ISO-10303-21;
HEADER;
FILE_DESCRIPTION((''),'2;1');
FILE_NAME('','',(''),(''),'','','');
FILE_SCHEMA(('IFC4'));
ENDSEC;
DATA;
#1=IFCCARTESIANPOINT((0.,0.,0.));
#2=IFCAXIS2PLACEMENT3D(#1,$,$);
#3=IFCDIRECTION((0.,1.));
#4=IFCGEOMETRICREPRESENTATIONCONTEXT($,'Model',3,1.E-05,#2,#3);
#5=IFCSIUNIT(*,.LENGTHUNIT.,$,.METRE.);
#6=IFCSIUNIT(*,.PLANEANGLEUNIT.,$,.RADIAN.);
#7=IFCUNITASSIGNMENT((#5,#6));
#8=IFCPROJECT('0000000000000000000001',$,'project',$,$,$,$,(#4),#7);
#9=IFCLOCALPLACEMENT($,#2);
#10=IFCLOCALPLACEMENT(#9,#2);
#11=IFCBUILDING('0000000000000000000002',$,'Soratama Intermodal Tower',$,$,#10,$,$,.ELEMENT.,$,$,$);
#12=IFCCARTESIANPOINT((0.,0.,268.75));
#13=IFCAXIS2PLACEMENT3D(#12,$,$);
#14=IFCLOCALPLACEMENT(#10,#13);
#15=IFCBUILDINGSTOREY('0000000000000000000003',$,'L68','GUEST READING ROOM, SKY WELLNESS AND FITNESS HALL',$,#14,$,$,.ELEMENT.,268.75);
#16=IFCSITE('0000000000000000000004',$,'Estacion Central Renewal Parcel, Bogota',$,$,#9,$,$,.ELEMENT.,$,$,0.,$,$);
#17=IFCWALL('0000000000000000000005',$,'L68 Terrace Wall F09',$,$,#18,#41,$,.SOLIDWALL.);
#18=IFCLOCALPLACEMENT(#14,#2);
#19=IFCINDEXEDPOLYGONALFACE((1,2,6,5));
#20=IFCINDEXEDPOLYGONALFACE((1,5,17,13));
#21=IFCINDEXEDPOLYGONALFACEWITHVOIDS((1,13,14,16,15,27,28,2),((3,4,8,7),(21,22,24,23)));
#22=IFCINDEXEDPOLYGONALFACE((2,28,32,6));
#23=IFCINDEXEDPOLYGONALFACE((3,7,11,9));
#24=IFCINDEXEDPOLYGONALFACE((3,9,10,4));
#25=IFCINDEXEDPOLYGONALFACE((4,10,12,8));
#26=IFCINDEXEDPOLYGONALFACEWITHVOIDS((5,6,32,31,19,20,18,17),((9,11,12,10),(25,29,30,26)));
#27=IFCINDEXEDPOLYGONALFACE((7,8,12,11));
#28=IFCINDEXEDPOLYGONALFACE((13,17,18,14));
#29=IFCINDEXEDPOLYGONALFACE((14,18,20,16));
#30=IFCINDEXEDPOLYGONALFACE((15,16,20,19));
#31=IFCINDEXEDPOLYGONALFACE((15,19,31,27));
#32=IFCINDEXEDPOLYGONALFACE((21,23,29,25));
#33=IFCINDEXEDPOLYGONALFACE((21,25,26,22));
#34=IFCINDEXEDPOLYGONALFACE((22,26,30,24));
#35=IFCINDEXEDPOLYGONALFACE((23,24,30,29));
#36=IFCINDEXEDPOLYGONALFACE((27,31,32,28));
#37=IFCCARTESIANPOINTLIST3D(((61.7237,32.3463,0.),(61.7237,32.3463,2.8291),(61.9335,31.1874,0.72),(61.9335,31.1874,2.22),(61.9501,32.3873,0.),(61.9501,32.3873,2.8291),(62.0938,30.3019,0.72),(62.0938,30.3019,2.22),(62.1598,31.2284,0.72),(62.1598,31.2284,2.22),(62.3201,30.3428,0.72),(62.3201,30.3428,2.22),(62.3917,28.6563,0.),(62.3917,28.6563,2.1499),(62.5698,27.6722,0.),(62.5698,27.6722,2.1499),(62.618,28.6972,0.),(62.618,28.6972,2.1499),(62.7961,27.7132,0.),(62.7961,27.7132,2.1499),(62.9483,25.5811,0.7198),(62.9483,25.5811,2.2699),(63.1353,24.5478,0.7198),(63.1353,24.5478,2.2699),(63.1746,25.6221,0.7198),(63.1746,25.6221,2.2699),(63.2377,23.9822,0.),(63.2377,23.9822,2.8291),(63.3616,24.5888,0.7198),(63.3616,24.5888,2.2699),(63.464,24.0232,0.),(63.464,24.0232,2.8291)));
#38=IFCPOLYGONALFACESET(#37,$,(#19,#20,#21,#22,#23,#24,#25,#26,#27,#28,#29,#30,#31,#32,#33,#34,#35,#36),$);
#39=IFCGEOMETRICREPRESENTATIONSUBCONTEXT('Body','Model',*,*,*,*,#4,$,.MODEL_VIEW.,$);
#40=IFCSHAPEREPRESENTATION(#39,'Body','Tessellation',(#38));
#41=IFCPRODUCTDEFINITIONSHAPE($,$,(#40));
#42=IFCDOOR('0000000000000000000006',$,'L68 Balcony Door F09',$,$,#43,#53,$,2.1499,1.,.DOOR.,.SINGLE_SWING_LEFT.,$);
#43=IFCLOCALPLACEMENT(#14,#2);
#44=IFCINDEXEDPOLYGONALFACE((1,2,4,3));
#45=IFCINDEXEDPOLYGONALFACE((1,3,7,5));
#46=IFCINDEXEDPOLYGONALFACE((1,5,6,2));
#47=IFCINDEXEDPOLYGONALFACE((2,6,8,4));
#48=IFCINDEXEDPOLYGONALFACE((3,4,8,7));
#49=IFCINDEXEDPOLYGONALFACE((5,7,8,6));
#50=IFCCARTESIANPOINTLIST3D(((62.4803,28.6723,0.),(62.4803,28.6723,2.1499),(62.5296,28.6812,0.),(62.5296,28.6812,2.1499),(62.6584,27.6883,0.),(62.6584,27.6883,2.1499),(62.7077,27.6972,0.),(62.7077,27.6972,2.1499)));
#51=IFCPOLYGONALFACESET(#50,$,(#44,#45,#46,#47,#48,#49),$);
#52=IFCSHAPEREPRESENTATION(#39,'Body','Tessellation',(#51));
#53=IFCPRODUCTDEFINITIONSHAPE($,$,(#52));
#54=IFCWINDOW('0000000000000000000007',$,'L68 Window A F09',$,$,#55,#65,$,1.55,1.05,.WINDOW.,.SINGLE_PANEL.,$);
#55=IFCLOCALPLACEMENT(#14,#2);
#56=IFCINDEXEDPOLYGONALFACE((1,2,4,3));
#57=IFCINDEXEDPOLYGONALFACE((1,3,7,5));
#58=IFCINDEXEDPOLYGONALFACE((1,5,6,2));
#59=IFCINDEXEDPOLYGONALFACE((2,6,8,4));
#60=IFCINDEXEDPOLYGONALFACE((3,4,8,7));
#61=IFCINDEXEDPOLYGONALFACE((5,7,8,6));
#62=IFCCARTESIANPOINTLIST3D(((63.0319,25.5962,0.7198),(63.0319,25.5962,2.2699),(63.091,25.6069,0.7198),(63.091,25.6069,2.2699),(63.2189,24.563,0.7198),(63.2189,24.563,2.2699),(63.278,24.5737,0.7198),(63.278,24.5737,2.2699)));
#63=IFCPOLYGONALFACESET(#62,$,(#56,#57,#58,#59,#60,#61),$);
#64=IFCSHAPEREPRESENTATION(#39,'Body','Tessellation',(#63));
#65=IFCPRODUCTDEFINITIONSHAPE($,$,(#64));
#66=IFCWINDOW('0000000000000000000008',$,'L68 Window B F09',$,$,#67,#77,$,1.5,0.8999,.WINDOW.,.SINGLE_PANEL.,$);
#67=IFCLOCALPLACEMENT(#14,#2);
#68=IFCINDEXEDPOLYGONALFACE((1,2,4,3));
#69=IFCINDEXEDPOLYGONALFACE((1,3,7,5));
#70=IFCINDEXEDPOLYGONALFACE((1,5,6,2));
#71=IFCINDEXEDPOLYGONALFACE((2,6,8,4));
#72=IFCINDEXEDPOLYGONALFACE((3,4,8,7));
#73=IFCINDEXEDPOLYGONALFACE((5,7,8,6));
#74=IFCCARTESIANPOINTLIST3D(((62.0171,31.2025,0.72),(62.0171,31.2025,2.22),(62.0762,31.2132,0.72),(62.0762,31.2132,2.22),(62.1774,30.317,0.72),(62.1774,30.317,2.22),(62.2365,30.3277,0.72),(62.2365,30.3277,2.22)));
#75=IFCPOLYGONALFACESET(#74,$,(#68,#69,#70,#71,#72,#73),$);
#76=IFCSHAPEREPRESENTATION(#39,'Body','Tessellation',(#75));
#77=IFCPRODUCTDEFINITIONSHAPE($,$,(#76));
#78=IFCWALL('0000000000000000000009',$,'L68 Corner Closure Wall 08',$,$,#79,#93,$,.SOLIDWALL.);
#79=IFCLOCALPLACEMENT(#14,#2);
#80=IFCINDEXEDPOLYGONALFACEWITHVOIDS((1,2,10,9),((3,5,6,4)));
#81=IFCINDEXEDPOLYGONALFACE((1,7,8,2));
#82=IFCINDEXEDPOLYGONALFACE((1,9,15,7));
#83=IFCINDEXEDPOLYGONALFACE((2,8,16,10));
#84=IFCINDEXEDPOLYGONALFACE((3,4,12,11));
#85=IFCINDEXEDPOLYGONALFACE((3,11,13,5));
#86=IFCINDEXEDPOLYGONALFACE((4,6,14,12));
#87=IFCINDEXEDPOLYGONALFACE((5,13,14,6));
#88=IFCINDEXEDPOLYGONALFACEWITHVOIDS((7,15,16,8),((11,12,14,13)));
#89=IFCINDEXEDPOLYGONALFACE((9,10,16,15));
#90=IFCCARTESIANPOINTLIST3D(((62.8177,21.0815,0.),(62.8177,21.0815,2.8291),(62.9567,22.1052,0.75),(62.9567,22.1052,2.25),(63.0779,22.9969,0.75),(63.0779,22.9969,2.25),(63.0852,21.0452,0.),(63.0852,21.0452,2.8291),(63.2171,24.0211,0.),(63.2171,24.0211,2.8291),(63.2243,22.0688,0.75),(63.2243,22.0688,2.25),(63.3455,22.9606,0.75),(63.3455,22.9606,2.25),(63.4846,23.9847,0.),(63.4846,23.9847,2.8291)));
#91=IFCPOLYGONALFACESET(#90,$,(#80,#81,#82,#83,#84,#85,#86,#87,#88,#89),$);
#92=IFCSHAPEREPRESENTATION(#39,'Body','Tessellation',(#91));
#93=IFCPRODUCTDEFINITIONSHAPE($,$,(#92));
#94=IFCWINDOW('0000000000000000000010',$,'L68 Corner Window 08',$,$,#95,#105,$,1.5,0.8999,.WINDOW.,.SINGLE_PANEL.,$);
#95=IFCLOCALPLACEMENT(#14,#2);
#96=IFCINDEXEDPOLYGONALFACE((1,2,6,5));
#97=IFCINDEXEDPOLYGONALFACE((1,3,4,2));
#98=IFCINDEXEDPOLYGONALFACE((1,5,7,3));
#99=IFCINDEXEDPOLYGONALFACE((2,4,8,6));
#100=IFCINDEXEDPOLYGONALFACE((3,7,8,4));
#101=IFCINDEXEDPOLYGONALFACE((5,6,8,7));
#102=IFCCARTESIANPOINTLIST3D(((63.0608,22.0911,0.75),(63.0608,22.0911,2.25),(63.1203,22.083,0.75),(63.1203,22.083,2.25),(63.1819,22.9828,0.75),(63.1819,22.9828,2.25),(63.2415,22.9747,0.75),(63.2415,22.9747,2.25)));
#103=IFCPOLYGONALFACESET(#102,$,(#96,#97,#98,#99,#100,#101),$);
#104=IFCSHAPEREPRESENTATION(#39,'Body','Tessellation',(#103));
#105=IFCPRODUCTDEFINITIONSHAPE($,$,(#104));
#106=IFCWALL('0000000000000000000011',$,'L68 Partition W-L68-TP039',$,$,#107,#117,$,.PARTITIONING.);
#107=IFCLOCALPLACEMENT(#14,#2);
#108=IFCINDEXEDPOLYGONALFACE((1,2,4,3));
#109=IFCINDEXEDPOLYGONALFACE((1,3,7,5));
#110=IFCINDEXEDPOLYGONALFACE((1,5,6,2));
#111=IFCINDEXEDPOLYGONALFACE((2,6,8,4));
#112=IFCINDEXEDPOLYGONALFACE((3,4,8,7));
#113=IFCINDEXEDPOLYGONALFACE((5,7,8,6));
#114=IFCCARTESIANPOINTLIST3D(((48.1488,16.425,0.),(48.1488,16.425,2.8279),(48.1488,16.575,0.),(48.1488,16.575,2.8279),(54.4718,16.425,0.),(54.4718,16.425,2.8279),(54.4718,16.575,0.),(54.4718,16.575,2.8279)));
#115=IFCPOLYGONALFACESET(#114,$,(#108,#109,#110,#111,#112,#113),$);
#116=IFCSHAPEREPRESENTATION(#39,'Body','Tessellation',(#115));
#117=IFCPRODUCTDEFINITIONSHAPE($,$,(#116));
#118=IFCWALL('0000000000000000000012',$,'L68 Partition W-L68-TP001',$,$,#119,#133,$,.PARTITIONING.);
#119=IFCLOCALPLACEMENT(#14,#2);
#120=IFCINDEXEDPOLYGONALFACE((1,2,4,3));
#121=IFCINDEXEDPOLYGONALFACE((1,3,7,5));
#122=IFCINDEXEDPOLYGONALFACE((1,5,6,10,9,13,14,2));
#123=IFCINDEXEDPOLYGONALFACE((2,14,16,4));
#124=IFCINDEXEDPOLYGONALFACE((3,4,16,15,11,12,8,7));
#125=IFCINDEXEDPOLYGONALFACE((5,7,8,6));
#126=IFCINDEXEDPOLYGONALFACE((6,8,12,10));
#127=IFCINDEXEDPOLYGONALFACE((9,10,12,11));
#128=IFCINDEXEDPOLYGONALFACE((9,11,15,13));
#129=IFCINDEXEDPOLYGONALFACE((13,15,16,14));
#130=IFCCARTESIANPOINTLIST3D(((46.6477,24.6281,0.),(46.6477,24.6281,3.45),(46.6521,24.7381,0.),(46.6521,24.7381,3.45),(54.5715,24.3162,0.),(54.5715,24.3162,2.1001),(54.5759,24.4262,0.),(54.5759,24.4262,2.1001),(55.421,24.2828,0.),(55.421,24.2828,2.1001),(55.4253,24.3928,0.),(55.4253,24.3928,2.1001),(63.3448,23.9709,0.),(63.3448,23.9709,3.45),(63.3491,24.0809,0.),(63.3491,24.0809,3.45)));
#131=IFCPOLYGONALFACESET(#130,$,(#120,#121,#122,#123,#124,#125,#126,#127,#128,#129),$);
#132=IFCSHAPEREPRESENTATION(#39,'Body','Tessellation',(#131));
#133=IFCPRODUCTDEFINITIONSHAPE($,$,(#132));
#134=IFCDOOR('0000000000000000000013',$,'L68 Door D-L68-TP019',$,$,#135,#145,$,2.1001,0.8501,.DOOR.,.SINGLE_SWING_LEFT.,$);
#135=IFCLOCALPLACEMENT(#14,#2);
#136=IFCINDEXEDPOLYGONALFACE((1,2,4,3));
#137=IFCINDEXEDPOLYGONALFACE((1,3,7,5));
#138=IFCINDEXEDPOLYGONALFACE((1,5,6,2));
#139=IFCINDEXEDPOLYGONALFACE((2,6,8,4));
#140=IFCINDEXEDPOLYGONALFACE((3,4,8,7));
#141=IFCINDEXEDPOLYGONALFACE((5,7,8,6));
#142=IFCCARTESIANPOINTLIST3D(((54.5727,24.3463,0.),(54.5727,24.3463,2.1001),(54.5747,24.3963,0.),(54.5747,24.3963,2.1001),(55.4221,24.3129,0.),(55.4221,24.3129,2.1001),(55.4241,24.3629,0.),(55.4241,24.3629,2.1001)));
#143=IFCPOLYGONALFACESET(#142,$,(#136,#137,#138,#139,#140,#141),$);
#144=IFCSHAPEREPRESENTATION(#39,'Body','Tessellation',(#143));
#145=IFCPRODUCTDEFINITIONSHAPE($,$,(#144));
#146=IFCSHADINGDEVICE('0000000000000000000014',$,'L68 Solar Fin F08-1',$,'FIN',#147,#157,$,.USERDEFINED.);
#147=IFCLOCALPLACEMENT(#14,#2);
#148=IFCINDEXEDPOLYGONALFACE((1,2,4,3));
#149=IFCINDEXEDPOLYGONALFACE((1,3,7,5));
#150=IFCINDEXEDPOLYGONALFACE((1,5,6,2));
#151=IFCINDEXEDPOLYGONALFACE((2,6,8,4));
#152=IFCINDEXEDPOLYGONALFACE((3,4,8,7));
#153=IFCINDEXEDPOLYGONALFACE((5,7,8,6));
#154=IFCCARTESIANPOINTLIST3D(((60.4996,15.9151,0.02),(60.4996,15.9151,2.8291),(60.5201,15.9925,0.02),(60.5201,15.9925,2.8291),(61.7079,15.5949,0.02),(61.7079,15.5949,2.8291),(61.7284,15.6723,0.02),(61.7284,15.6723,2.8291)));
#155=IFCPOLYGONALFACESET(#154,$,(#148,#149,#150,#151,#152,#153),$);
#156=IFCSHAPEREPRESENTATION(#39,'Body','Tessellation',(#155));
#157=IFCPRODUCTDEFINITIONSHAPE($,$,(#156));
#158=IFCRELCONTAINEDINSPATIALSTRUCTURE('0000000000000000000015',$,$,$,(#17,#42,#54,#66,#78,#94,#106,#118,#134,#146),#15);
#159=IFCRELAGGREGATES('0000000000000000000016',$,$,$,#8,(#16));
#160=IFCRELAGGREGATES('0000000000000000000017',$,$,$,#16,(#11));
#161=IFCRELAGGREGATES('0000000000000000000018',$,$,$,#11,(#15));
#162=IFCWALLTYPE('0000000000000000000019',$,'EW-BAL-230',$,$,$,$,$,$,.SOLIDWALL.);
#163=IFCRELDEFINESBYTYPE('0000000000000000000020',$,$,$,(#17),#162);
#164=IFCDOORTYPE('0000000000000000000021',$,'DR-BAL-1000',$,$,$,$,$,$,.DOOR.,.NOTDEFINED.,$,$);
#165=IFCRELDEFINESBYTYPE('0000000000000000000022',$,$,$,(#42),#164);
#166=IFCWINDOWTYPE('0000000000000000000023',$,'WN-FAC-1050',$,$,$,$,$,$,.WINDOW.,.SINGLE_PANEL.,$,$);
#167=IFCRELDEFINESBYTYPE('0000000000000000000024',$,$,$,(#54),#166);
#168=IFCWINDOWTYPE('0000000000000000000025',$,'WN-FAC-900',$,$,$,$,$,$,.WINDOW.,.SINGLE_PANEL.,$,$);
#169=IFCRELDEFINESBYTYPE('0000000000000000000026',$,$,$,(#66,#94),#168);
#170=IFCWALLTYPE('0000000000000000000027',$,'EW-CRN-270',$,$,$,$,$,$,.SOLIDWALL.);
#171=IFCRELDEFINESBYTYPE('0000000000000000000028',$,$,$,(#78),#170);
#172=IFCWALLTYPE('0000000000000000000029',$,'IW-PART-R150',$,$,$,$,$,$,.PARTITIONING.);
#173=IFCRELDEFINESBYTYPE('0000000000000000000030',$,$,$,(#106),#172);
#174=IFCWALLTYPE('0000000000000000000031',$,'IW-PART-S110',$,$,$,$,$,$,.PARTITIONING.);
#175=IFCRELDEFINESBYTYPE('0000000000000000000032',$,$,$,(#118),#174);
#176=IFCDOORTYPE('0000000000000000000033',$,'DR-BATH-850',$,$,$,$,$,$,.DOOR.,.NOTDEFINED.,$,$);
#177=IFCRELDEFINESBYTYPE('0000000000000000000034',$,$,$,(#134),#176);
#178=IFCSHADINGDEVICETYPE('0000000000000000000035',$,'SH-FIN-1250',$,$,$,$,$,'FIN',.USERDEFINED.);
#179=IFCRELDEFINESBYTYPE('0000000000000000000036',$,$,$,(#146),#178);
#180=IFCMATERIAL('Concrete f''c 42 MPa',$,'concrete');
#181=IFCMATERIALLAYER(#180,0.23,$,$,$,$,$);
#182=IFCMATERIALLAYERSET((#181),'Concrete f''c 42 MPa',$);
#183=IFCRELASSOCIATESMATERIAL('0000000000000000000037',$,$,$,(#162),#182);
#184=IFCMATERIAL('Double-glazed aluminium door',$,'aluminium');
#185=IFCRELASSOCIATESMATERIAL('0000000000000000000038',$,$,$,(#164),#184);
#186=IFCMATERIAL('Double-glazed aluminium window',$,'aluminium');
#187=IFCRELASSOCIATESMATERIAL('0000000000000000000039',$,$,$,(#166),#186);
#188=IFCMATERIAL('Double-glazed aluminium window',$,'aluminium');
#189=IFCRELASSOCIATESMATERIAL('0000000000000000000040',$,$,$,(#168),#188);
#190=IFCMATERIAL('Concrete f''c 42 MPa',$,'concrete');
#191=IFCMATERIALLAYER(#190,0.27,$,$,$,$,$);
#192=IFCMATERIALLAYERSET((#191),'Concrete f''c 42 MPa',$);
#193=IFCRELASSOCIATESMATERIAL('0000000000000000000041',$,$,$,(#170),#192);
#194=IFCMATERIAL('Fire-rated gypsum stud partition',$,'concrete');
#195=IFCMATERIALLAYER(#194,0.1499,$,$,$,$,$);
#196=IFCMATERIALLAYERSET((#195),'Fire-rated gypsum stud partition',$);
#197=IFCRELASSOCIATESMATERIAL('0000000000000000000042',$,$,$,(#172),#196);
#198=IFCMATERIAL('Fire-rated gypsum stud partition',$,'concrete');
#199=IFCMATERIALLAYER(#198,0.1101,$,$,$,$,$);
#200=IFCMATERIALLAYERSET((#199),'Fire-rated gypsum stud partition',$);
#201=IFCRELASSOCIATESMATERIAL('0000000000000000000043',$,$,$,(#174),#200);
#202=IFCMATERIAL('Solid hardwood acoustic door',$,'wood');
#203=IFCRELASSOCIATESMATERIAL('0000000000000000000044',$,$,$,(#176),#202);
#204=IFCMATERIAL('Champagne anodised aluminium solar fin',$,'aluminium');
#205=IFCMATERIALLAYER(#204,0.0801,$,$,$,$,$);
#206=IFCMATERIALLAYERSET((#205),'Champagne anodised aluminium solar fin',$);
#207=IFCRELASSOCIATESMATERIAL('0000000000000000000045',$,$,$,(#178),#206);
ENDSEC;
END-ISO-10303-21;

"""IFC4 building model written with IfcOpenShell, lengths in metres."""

from ifc_helpers import new_model, si_unit, direction, frame, frame_2d, origin, origin_2d, place, context, subcontext, project, spatial, rectangle, extrude, material, layer, layer_set, type_object, element, fill, save


model = new_model("IFC4")

# Units and contexts
model_context = context("Model", 3, precision=1e-05, world=origin(), true_north=direction((0.0, 1.0)))
body_context = subcontext(model_context, "Body", "Model", "MODEL_VIEW")
ifc_project = project(units=[si_unit("LENGTHUNIT", "METRE"), si_unit("PLANEANGLEUNIT", "RADIAN")], contexts=[model_context])

# Site, building, storey
site_placement = place(None, origin())
site = spatial("IfcSite", under=ifc_project, at=site_placement, Name="Estacion Central Renewal Parcel, Bogota", CompositionType="ELEMENT", RefElevation=0.0)
building_placement = place(site_placement, origin())
building = spatial("IfcBuilding", under=site, at=building_placement, Name="Soratama Intermodal Tower", CompositionType="ELEMENT")
storey_placement = place(building_placement, frame((0.0, 0.0, 268.75)))
storey = spatial("IfcBuildingStorey", under=building, at=storey_placement, Name="L68", Description="GUEST READING ROOM, SKY WELLNESS AND FITNESS HALL", CompositionType="ELEMENT", Elevation=268.75)

# Wall, openings, door, windows
ifc_material_1 = material(Name="Concrete f'c 42 MPa", Category="concrete")
ifc_layer_1 = layer(ifc_material_1, 0.23)
ifc_layer_set_1 = layer_set([ifc_layer_1], Name="Concrete f'c 42 MPa")
wall_type_1 = type_object("IfcWallType", Name="EW-BAL-230", PredefinedType="SOLIDWALL", material=ifc_layer_set_1)
wall_1_placement = place(storey_placement, frame((63.3508, 24.0027, 0.0), z_axis=(0.0, 0.0, 1.0), x_axis=(-0.178109, 0.984011, 0.0)))
wall_1 = element("IfcWall", 1, at=wall_1_placement, inside=storey, type_object=wall_type_1, Name="L68 Terrace Wall F09", PredefinedType="SOLIDWALL", context=body_context, shape_type="SweptSolid", body=[
    extrude(rectangle(XDim=8.5, YDim=0.23, at=frame_2d((4.25, 0.0))), origin(), (0.0, 0.0, 1.0), 2.8291),
])
opening_1_placement = place(wall_1_placement, frame((3.75, 0.0, 0.0)))
opening_1 = element("IfcOpeningElement", 2, at=opening_1_placement, cuts=wall_1, PredefinedType="OPENING", context=body_context, shape_type="SweptSolid", body=[
    extrude(rectangle(XDim=1.0, YDim=2.1499, at=frame_2d((0.5, 1.075))), frame((0.0, 0.125, 0.0), z_axis=(0.0, -1.0, 0.0), x_axis=(1.0, 0.0, 0.0)), (0.0, 0.0, 1.0), 0.25),
])
opening_2_placement = place(wall_1_placement, frame((0.575, 0.0, 0.72)))
opening_2 = element("IfcOpeningElement", 3, at=opening_2_placement, cuts=wall_1, PredefinedType="OPENING", context=body_context, shape_type="SweptSolid", body=[
    extrude(rectangle(XDim=1.05, YDim=1.55, at=frame_2d((0.5249, 0.7749))), frame((0.0, 0.125, 0.0), z_axis=(0.0, -1.0, 0.0), x_axis=(1.0, 0.0, 0.0)), (0.0, 0.0, 1.0), 0.25),
])
opening_3_placement = place(wall_1_placement, frame((6.4224, 0.0, 0.72)))
opening_3 = element("IfcOpeningElement", 4, at=opening_3_placement, cuts=wall_1, PredefinedType="OPENING", context=body_context, shape_type="SweptSolid", body=[
    extrude(rectangle(XDim=0.8999, YDim=1.5, at=frame_2d((0.45, 0.75))), frame((0.0, 0.125, 0.0), z_axis=(0.0, -1.0, 0.0), x_axis=(1.0, 0.0, 0.0)), (0.0, 0.0, 1.0), 0.25),
])
ifc_material_2 = material(Name="Double-glazed aluminium door", Category="aluminium")
door_type_1 = type_object("IfcDoorType", Name="DR-BAL-1000", OperationType="NOTDEFINED", PredefinedType="DOOR", material=ifc_material_2)
door_1_placement = place(opening_1_placement, origin())
door_1 = element("IfcDoor", 5, at=door_1_placement, inside=storey, type_object=door_type_1, Name="L68 Balcony Door F09", OperationType="SINGLE_SWING_LEFT", OverallHeight=2.1499, OverallWidth=1.0, PredefinedType="DOOR", context=body_context, shape_type="SweptSolid", body=[
    extrude(rectangle(XDim=1.0, YDim=2.1499, at=frame_2d((0.5, 1.075))), frame((0.0, 0.0249, 0.0), z_axis=(0.0, -1.0, 0.0), x_axis=(1.0, 0.0, 0.0)), (0.0, 0.0, 1.0), 0.05),
])
fill(opening_1, door_1)
ifc_material_3 = material(Name="Double-glazed aluminium window", Category="aluminium")
window_type_1 = type_object("IfcWindowType", Name="WN-FAC-1050", PartitioningType="SINGLE_PANEL", PredefinedType="WINDOW", material=ifc_material_3)
window_1_placement = place(opening_2_placement, origin())
window_1 = element("IfcWindow", 6, at=window_1_placement, inside=storey, type_object=window_type_1, Name="L68 Window A F09", OverallHeight=1.55, OverallWidth=1.05, PartitioningType="SINGLE_PANEL", PredefinedType="WINDOW", context=body_context, shape_type="SweptSolid", body=[
    extrude(rectangle(XDim=1.05, YDim=1.55, at=frame_2d((0.5249, 0.7749))), frame((0.0, 0.03, 0.0), z_axis=(0.0, -1.0, 0.0), x_axis=(1.0, 0.0, 0.0)), (0.0, 0.0, 1.0), 0.0601),
])
fill(opening_2, window_1)
ifc_material_4 = material(Name="Double-glazed aluminium window", Category="aluminium")
window_type_2 = type_object("IfcWindowType", Name="WN-FAC-900", PartitioningType="SINGLE_PANEL", PredefinedType="WINDOW", material=ifc_material_4)
window_2_placement = place(opening_3_placement, origin())
window_2 = element("IfcWindow", 7, at=window_2_placement, inside=storey, type_object=window_type_2, Name="L68 Window B F09", OverallHeight=1.5, OverallWidth=0.8999, PartitioningType="SINGLE_PANEL", PredefinedType="WINDOW", context=body_context, shape_type="SweptSolid", body=[
    extrude(rectangle(XDim=0.8999, YDim=1.5, at=frame_2d((0.45, 0.75))), frame((0.0, 0.03, 0.0), z_axis=(0.0, -1.0, 0.0), x_axis=(1.0, 0.0, 0.0)), (0.0, 0.0, 1.0), 0.0601),
])
fill(opening_3, window_2)

# Wall, opening, window
ifc_material_5 = material(Name="Concrete f'c 42 MPa", Category="concrete")
ifc_layer_2 = layer(ifc_material_5, 0.27)
ifc_layer_set_2 = layer_set([ifc_layer_2], Name="Concrete f'c 42 MPa")
wall_type_2 = type_object("IfcWallType", Name="EW-CRN-270", PredefinedType="SOLIDWALL", material=ifc_layer_set_2)
wall_2_placement = place(storey_placement, frame((62.9514, 21.0632, 0.0), z_axis=(0.0, 0.0, 1.0), x_axis=(0.134643, 0.990894, 0.0)))
wall_2 = element("IfcWall", 8, at=wall_2_placement, inside=storey, type_object=wall_type_2, Name="L68 Corner Closure Wall 08", PredefinedType="SOLIDWALL", context=body_context, shape_type="SweptSolid", body=[
    extrude(rectangle(XDim=2.9666, YDim=0.27, at=frame_2d((1.4834, 0.0))), origin(), (0.0, 0.0, 1.0), 2.8291),
])
opening_4_placement = place(wall_2_placement, frame((1.0332, 0.0, 0.75)))
opening_4 = element("IfcOpeningElement", 9, at=opening_4_placement, cuts=wall_2, PredefinedType="OPENING", context=body_context, shape_type="SweptSolid", body=[
    extrude(rectangle(XDim=0.8999, YDim=1.5, at=frame_2d((0.45, 0.75))), frame((0.0, 0.145, 0.0), z_axis=(0.0, -1.0, 0.0), x_axis=(1.0, 0.0, 0.0)), (0.0, 0.0, 1.0), 0.29),
])
window_3_placement = place(opening_4_placement, origin())
window_3 = element("IfcWindow", 10, at=window_3_placement, inside=storey, type_object=window_type_2, Name="L68 Corner Window 08", OverallHeight=1.5, OverallWidth=0.8999, PartitioningType="SINGLE_PANEL", PredefinedType="WINDOW", context=body_context, shape_type="SweptSolid", body=[
    extrude(rectangle(XDim=0.8999, YDim=1.5, at=frame_2d((0.45, 0.75))), frame((0.0, 0.03, 0.0), z_axis=(0.0, -1.0, 0.0), x_axis=(1.0, 0.0, 0.0)), (0.0, 0.0, 1.0), 0.0601),
])
fill(opening_4, window_3)

# Wall
ifc_material_6 = material(Name="Fire-rated gypsum stud partition", Category="concrete")
ifc_layer_3 = layer(ifc_material_6, 0.1499)
ifc_layer_set_3 = layer_set([ifc_layer_3], Name="Fire-rated gypsum stud partition")
wall_type_3 = type_object("IfcWallType", Name="IW-PART-R150", PredefinedType="PARTITIONING", material=ifc_layer_set_3)
wall_3_placement = place(storey_placement, frame((54.4719, 16.5, 0.0), z_axis=(0.0, 0.0, 1.0), x_axis=(-1.0, 0.0, 0.0)))
element("IfcWall", 11, at=wall_3_placement, inside=storey, type_object=wall_type_3, Name="L68 Partition W-L68-TP039", PredefinedType="PARTITIONING", context=body_context, shape_type="SweptSolid", body=[
    extrude(rectangle(XDim=6.323, YDim=0.1499, at=frame_2d((3.1616, 0.0))), origin(), (0.0, 0.0, 1.0), 2.8279),
])

# Wall, opening, door
ifc_material_7 = material(Name="Fire-rated gypsum stud partition", Category="concrete")
ifc_layer_4 = layer(ifc_material_7, 0.1101)
ifc_layer_set_4 = layer_set([ifc_layer_4], Name="Fire-rated gypsum stud partition")
wall_type_4 = type_object("IfcWallType", Name="IW-PART-S110", PredefinedType="PARTITIONING", material=ifc_layer_set_4)
wall_4_placement = place(storey_placement, frame((63.3469, 24.0259, 0.0), z_axis=(0.0, 0.0, 1.0), x_axis=(-0.999226, 0.039331, 0.0)))
wall_4 = element("IfcWall", 12, at=wall_4_placement, inside=storey, type_object=wall_type_4, Name="L68 Partition W-L68-TP001", PredefinedType="PARTITIONING", context=body_context, shape_type="SweptSolid", body=[
    extrude(rectangle(XDim=16.71, YDim=0.1101, at=frame_2d((8.355, 0.0))), origin(), (0.0, 0.0, 1.0), 3.45),
])
opening_5_placement = place(wall_4_placement, frame((7.9299, 0.0, 0.0)))
opening_5 = element("IfcOpeningElement", 13, at=opening_5_placement, cuts=wall_4, PredefinedType="OPENING", context=body_context, shape_type="SweptSolid", body=[
    extrude(rectangle(XDim=0.8501, YDim=2.1001, at=frame_2d((0.425, 1.05))), frame((0.0, 0.0649, 0.0), z_axis=(0.0, -1.0, 0.0), x_axis=(1.0, 0.0, 0.0)), (0.0, 0.0, 1.0), 0.1301),
])
ifc_material_8 = material(Name="Solid hardwood acoustic door", Category="wood")
door_type_2 = type_object("IfcDoorType", Name="DR-BATH-850", OperationType="NOTDEFINED", PredefinedType="DOOR", material=ifc_material_8)
door_2_placement = place(opening_5_placement, origin())
door_2 = element("IfcDoor", 14, at=door_2_placement, inside=storey, type_object=door_type_2, Name="L68 Door D-L68-TP019", OperationType="SINGLE_SWING_LEFT", OverallHeight=2.1001, OverallWidth=0.8501, PredefinedType="DOOR", context=body_context, shape_type="SweptSolid", body=[
    extrude(rectangle(XDim=0.8501, YDim=2.1001, at=frame_2d((0.425, 1.05))), frame((0.0, 0.0249, 0.0), z_axis=(0.0, -1.0, 0.0), x_axis=(1.0, 0.0, 0.0)), (0.0, 0.0, 1.0), 0.05),
])
fill(opening_5, door_2)

# Shading device
ifc_material_9 = material(Name="Champagne anodised aluminium solar fin", Category="aluminium")
ifc_layer_5 = layer(ifc_material_9, 0.0801)
ifc_layer_set_5 = layer_set([ifc_layer_5], Name="Champagne anodised aluminium solar fin")
shading_device_type = type_object("IfcShadingDeviceType", Name="SH-FIN-1250", ElementType="FIN", PredefinedType="USERDEFINED", material=ifc_layer_set_5)
for number, where, z_axis, x_axis, name in (
    (15, (61.114, 15.7937, 0.02), (0.0, 0.0, 1.0), (0.966645, -0.256121, 0.0), "L68 Solar Fin F08-1"),
):
    element("IfcShadingDevice", number, at=place(storey_placement, frame(where, z_axis=z_axis, x_axis=x_axis)), inside=storey, type_object=shading_device_type, Name=name, ObjectType="FIN", PredefinedType="USERDEFINED", context=body_context, shape_type="SweptSolid", body=[
        extrude(rectangle(XDim=1.25, YDim=0.0801, at=origin_2d()), origin(), (0.0, 0.0, 1.0), 2.8091),
    ])

save(model, "model.ifc")
